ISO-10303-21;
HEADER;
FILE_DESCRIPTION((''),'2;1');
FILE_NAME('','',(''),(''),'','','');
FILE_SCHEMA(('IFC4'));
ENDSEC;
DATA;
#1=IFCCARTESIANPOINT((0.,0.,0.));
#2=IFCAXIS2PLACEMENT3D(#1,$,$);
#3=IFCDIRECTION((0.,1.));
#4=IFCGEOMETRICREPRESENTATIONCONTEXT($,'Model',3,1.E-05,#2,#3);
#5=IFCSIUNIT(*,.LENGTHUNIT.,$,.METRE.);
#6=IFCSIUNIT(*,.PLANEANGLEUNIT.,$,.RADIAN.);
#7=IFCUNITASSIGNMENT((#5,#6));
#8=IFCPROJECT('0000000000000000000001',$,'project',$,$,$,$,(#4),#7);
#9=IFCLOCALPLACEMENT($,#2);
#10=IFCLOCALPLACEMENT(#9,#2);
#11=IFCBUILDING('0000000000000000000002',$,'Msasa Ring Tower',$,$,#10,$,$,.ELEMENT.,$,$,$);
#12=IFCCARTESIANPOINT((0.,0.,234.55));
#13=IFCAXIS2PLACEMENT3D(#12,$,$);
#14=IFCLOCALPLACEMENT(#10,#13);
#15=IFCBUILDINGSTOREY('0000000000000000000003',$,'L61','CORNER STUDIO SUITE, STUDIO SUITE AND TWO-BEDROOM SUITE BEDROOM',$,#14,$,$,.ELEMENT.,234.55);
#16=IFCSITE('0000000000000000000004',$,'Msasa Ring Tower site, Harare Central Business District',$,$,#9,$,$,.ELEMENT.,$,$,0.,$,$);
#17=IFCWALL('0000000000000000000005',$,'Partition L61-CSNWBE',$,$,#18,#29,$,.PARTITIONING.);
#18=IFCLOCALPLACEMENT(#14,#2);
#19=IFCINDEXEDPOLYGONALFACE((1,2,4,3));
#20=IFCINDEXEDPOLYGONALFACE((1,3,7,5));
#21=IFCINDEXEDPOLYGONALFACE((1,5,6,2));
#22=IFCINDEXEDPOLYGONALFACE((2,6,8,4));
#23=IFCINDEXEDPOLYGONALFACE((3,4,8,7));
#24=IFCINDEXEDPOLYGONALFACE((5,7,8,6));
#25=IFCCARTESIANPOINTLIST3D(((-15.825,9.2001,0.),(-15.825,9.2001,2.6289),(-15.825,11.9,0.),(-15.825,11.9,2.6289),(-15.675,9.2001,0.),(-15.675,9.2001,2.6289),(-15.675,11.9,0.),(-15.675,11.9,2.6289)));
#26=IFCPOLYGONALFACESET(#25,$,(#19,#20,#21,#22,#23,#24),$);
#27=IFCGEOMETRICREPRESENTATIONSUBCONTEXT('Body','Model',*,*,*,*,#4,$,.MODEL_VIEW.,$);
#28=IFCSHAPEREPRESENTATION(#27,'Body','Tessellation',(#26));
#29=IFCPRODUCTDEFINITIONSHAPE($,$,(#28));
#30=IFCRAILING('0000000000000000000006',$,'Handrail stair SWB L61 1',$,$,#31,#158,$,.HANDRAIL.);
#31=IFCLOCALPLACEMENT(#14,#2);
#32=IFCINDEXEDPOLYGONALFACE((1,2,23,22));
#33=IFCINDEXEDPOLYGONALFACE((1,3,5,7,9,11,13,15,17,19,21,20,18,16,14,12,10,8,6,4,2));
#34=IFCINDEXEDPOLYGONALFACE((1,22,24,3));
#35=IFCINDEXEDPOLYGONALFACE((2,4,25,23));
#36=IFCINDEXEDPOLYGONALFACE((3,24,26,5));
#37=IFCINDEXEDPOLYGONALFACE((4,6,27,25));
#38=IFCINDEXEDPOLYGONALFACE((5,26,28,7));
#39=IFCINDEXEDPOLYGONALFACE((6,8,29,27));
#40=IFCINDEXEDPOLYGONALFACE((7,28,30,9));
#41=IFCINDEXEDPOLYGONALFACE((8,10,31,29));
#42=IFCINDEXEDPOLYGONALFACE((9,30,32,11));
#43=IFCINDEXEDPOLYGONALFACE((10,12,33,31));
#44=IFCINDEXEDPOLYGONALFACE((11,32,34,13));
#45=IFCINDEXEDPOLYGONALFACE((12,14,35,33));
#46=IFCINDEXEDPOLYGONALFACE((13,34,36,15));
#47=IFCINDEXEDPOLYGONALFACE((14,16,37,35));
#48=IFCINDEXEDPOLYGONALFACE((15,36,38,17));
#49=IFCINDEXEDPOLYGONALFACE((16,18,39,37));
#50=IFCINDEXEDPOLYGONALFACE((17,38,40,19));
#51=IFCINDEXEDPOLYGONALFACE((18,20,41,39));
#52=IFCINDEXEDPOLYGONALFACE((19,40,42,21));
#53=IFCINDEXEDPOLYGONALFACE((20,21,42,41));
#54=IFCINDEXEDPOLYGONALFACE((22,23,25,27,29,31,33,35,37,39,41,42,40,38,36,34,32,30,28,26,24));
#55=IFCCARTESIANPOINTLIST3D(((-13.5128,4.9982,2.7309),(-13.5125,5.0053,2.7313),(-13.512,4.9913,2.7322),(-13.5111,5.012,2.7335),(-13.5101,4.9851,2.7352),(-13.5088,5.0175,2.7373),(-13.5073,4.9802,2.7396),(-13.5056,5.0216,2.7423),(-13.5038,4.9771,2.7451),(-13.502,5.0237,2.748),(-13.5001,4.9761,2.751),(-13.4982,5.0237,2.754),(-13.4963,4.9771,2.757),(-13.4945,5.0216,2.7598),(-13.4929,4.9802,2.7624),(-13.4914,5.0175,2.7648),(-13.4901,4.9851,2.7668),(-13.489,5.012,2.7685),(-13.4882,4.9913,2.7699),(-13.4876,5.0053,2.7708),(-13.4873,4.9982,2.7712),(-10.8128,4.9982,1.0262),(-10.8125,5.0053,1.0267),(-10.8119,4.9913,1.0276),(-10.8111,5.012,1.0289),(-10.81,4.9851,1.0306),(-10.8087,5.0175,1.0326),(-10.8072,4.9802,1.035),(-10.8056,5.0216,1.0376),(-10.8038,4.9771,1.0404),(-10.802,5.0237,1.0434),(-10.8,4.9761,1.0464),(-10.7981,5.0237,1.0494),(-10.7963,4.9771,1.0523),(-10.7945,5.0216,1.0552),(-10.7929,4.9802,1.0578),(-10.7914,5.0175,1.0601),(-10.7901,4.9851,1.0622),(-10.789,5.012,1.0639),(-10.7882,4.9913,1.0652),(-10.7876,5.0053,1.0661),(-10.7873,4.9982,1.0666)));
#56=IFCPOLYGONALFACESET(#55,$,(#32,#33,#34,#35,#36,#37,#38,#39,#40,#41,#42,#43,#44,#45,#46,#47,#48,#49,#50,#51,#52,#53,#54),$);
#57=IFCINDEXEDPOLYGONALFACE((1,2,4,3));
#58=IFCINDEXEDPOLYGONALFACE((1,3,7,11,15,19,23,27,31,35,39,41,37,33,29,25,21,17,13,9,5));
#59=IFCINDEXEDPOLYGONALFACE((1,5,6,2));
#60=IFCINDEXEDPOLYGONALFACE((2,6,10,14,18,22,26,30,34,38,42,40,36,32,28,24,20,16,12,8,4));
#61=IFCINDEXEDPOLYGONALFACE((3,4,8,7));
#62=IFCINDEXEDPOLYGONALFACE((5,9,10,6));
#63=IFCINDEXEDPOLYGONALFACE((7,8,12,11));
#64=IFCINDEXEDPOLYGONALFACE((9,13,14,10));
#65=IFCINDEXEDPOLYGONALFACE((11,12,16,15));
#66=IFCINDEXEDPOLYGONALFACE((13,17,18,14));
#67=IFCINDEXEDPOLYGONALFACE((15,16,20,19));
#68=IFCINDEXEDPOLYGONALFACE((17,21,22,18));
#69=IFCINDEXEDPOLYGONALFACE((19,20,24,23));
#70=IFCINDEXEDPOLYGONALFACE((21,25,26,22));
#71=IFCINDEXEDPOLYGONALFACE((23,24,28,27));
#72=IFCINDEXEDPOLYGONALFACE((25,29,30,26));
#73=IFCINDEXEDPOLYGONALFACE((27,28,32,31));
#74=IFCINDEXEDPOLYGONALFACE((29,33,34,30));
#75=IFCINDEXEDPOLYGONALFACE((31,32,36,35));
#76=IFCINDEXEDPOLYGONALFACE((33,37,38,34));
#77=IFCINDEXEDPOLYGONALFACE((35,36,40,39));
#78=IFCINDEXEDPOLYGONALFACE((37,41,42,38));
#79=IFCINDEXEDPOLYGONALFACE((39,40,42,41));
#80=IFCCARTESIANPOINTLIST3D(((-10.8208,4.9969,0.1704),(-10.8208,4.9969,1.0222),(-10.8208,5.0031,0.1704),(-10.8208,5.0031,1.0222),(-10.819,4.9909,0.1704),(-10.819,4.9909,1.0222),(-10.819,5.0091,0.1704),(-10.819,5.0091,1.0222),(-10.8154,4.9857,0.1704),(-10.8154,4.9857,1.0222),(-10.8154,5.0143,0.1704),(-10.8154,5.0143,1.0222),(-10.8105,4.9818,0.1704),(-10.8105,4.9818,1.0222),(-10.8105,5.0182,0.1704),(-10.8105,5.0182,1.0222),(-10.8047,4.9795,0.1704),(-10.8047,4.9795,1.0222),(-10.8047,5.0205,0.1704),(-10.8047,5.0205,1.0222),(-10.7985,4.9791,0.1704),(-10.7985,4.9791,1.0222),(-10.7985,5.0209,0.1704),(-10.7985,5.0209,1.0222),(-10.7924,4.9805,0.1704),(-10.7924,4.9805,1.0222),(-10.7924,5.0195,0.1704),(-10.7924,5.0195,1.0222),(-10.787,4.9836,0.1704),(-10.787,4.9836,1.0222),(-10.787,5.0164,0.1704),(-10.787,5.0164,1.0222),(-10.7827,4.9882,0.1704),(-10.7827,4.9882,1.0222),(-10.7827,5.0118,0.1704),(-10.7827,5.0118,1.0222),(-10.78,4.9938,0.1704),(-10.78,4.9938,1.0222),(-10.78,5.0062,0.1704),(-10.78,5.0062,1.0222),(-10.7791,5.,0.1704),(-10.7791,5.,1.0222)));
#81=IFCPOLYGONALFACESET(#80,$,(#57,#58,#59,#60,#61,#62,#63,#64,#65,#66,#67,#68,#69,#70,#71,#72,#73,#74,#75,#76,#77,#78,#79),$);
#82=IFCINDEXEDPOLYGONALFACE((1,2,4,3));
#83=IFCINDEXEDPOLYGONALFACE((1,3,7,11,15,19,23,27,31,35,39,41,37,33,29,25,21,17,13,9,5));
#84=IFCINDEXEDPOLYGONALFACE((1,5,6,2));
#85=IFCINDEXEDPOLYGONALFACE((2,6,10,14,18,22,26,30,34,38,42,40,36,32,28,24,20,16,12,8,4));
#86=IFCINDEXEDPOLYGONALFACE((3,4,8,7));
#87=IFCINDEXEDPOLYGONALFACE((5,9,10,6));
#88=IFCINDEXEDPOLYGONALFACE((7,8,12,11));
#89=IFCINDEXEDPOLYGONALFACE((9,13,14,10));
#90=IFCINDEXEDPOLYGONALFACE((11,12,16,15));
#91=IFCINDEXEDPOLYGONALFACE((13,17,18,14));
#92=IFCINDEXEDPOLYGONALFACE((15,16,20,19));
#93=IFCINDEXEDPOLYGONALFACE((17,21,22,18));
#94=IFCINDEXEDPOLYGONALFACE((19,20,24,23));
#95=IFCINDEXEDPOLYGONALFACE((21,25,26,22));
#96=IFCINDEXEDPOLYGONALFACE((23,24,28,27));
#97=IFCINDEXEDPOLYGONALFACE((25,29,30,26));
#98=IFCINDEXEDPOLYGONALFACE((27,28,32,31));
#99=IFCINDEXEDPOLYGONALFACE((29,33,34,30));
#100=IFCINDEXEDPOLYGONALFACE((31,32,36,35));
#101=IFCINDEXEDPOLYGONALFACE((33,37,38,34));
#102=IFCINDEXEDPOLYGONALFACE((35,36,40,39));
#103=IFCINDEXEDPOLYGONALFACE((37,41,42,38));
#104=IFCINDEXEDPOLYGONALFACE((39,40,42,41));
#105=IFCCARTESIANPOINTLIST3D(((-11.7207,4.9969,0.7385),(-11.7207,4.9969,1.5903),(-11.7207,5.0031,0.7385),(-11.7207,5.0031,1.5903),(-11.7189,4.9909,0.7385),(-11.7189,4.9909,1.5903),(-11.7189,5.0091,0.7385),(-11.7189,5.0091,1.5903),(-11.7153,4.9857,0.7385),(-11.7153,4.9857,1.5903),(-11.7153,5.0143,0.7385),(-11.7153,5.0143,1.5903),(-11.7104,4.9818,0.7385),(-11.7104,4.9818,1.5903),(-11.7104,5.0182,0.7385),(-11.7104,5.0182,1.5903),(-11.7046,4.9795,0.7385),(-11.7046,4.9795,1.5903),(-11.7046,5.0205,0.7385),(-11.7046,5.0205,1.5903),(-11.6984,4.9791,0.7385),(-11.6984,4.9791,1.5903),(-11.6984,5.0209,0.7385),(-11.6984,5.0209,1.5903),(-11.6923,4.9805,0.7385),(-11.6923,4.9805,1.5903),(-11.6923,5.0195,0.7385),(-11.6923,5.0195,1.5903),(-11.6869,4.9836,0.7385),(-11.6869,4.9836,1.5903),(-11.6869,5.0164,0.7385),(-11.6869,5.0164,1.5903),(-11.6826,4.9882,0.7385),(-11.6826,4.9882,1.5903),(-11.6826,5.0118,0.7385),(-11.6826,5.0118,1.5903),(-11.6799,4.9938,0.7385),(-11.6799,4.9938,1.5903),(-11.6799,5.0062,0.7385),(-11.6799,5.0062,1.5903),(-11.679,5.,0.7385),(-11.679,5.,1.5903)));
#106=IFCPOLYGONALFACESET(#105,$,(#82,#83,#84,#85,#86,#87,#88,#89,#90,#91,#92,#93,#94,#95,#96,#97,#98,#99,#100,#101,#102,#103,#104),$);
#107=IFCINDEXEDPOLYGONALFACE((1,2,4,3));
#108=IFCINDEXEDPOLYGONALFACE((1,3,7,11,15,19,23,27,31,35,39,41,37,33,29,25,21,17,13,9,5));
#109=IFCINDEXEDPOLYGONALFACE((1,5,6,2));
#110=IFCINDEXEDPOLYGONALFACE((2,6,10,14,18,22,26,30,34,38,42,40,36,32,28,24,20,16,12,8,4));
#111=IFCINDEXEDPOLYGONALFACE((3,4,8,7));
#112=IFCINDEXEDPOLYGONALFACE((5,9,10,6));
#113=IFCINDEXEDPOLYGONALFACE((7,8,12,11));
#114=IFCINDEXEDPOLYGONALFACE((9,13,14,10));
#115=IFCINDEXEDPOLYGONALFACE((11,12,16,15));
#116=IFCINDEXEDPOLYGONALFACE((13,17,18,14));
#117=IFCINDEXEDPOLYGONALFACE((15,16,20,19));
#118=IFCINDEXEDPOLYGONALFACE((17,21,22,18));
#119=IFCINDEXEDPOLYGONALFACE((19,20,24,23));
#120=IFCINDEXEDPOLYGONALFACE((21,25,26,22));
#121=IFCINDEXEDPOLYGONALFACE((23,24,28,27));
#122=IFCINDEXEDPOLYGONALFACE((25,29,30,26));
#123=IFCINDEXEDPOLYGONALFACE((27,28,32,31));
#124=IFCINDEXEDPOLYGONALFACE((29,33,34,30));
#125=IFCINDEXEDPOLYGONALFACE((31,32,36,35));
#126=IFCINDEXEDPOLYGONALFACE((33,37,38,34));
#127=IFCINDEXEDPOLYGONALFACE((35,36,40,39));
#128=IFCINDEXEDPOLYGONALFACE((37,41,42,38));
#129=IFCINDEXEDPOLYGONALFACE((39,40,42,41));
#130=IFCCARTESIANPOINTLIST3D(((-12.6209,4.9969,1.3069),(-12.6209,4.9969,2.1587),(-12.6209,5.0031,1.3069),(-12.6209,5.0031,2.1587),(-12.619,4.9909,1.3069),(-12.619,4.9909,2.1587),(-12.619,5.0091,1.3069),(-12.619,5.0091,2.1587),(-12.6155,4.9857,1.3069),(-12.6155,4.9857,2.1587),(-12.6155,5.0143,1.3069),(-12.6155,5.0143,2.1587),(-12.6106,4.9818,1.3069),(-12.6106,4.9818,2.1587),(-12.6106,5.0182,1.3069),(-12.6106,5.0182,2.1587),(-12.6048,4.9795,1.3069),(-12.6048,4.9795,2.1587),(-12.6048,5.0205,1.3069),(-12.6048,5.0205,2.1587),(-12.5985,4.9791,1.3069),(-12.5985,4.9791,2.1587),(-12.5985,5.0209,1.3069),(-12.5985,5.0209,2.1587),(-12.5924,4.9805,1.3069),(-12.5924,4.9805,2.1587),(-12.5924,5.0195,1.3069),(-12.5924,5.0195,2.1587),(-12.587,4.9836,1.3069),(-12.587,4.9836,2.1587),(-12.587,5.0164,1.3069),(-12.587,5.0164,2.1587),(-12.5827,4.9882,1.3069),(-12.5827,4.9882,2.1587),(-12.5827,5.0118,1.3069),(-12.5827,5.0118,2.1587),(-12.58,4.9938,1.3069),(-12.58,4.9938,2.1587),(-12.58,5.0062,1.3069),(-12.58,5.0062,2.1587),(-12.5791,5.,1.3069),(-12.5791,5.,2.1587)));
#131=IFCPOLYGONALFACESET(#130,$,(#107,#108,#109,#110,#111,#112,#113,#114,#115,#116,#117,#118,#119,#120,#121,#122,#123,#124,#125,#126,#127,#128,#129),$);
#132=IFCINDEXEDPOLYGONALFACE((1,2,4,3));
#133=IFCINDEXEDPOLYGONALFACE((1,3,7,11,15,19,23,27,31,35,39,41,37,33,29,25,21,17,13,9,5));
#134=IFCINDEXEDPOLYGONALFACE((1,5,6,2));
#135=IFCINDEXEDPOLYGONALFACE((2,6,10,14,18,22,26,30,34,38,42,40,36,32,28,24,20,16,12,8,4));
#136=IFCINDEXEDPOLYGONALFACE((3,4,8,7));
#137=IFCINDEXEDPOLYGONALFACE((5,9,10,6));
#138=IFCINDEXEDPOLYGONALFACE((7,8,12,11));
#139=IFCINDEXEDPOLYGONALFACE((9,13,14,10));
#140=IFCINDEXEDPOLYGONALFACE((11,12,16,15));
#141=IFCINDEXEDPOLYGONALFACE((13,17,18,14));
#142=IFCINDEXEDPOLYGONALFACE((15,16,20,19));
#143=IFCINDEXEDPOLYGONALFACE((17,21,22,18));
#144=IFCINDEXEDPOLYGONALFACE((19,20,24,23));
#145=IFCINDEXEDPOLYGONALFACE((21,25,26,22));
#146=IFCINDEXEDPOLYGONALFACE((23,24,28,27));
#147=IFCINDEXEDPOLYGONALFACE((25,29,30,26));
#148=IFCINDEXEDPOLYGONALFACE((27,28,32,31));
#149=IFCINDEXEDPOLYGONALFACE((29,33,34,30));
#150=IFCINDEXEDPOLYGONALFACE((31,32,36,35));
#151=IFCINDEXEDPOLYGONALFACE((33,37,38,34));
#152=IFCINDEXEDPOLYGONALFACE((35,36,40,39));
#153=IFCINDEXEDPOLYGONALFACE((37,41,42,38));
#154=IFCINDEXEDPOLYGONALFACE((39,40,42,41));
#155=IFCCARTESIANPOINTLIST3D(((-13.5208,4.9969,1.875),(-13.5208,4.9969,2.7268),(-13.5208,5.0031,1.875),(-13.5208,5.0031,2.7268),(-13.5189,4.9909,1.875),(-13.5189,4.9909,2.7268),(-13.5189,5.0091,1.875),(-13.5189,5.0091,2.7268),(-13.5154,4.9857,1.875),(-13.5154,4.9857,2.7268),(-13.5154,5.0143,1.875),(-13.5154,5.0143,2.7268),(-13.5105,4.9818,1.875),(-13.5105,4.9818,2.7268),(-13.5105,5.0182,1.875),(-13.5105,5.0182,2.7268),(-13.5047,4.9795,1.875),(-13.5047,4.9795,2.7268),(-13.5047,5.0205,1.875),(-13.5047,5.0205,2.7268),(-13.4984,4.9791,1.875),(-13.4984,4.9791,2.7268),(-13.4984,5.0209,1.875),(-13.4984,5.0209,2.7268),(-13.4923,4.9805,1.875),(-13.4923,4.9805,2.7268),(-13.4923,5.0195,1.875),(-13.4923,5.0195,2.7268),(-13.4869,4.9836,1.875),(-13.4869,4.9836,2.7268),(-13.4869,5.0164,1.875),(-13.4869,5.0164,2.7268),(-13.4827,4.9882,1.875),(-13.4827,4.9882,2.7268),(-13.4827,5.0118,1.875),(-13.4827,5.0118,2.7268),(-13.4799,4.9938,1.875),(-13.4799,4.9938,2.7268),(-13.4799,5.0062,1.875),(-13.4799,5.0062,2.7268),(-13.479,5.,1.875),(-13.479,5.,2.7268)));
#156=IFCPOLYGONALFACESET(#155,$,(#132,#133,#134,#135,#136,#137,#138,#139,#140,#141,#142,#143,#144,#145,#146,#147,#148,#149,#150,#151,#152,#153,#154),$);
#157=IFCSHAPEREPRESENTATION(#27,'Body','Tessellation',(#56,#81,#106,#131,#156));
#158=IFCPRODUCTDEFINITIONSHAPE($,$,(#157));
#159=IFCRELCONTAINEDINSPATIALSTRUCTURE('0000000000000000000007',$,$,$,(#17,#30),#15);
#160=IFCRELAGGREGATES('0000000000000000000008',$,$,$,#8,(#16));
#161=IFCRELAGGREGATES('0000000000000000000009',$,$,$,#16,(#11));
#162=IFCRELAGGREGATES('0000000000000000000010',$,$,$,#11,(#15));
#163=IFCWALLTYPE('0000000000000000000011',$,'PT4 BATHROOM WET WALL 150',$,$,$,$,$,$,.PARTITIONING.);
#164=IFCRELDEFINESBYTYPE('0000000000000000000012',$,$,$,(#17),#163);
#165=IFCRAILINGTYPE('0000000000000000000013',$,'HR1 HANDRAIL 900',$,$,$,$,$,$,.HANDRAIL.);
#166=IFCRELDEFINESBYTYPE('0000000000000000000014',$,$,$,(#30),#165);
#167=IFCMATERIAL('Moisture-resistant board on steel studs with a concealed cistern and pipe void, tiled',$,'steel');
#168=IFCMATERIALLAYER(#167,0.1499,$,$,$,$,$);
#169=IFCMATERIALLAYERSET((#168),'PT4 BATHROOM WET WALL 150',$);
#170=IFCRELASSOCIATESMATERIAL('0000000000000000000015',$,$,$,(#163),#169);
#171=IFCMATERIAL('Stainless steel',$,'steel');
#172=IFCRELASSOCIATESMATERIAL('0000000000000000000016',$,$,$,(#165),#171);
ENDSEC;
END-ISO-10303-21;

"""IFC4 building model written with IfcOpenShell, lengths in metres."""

from ifc_helpers import new_model, si_unit, direction, frame, frame_2d, origin, origin_2d, place, context, subcontext, project, spatial, rectangle, circle, extrude, material, layer, layer_set, type_object, element, save


model = new_model("IFC4")

# Units and contexts
model_context = context("Model", 3, precision=1e-05, world=origin(), true_north=direction((0.0, 1.0)))
body_context = subcontext(model_context, "Body", "Model", "MODEL_VIEW")
ifc_project = project(units=[si_unit("LENGTHUNIT", "METRE"), si_unit("PLANEANGLEUNIT", "RADIAN")], contexts=[model_context])

# Site, building, storey
site_placement = place(None, origin())
site = spatial("IfcSite", under=ifc_project, at=site_placement, Name="Msasa Ring Tower site, Harare Central Business District", CompositionType="ELEMENT", RefElevation=0.0)
building_placement = place(site_placement, origin())
building = spatial("IfcBuilding", under=site, at=building_placement, Name="Msasa Ring Tower", CompositionType="ELEMENT")
storey_placement = place(building_placement, frame((0.0, 0.0, 234.55)))
storey = spatial("IfcBuildingStorey", under=building, at=storey_placement, Name="L61", Description="CORNER STUDIO SUITE, STUDIO SUITE AND TWO-BEDROOM SUITE BEDROOM", CompositionType="ELEMENT", Elevation=234.55)

# Wall
ifc_material_1 = material(Name="Moisture-resistant board on steel studs with a concealed cistern and pipe void, tiled", Category="steel")
ifc_layer_1 = layer(ifc_material_1, 0.1499)
ifc_layer_set_1 = layer_set([ifc_layer_1], Name="PT4 BATHROOM WET WALL 150")
wall_type_1 = type_object("IfcWallType", Name="PT4 BATHROOM WET WALL 150", PredefinedType="PARTITIONING", material=ifc_layer_set_1)
wall_1_placement = place(storey_placement, frame((-15.75, 9.2, 0.0), z_axis=(0.0, 0.0, 1.0), x_axis=(0.0, 1.0, 0.0)))
element("IfcWall", 1, at=wall_1_placement, inside=storey, type_object=wall_type_1, Name="Partition L61-CSNWBE", PredefinedType="PARTITIONING", context=body_context, shape_type="SweptSolid", body=[
    extrude(rectangle(XDim=2.7, YDim=0.1499, at=frame_2d((1.3501, 0.0))), origin(), (0.0, 0.0, 1.0), 2.6289),
])

# Railing
ifc_material_2 = material(Name="Stainless steel", Category="steel")
railing_type = type_object("IfcRailingType", Name="HR1 HANDRAIL 900", PredefinedType="HANDRAIL", material=ifc_material_2)
railing_placement = place(storey_placement, frame((-10.8, 5.0, 0.1704)))
element("IfcRailing", 2, at=railing_placement, inside=storey, type_object=railing_type, Name="Handrail stair SWB L61 1", PredefinedType="HANDRAIL", context=body_context, shape_type="SweptSolid", body=[
    extrude(circle(Radius=0.0239, at=origin_2d()), frame((0.0, 0.0, 0.876), z_axis=(-0.84558, 0.0, 0.533849), x_axis=(0.0, -1.0, 0.0)), (0.0, 0.0, 1.0), 3.1931),
    extrude(circle(Radius=0.021, at=origin_2d()), origin(), (0.0, 0.0, 1.0), 0.8518),
    extrude(circle(Radius=0.021, at=origin_2d()), frame((-0.8999, 0.0, 0.5681)), (0.0, 0.0, 1.0), 0.8518),
    extrude(circle(Radius=0.021, at=origin_2d()), frame((-1.8, 0.0, 1.1365)), (0.0, 0.0, 1.0), 0.8518),
    extrude(circle(Radius=0.021, at=origin_2d()), frame((-2.7, 0.0, 1.7046)), (0.0, 0.0, 1.0), 0.8518),
])

save(model, "model.ifc")
